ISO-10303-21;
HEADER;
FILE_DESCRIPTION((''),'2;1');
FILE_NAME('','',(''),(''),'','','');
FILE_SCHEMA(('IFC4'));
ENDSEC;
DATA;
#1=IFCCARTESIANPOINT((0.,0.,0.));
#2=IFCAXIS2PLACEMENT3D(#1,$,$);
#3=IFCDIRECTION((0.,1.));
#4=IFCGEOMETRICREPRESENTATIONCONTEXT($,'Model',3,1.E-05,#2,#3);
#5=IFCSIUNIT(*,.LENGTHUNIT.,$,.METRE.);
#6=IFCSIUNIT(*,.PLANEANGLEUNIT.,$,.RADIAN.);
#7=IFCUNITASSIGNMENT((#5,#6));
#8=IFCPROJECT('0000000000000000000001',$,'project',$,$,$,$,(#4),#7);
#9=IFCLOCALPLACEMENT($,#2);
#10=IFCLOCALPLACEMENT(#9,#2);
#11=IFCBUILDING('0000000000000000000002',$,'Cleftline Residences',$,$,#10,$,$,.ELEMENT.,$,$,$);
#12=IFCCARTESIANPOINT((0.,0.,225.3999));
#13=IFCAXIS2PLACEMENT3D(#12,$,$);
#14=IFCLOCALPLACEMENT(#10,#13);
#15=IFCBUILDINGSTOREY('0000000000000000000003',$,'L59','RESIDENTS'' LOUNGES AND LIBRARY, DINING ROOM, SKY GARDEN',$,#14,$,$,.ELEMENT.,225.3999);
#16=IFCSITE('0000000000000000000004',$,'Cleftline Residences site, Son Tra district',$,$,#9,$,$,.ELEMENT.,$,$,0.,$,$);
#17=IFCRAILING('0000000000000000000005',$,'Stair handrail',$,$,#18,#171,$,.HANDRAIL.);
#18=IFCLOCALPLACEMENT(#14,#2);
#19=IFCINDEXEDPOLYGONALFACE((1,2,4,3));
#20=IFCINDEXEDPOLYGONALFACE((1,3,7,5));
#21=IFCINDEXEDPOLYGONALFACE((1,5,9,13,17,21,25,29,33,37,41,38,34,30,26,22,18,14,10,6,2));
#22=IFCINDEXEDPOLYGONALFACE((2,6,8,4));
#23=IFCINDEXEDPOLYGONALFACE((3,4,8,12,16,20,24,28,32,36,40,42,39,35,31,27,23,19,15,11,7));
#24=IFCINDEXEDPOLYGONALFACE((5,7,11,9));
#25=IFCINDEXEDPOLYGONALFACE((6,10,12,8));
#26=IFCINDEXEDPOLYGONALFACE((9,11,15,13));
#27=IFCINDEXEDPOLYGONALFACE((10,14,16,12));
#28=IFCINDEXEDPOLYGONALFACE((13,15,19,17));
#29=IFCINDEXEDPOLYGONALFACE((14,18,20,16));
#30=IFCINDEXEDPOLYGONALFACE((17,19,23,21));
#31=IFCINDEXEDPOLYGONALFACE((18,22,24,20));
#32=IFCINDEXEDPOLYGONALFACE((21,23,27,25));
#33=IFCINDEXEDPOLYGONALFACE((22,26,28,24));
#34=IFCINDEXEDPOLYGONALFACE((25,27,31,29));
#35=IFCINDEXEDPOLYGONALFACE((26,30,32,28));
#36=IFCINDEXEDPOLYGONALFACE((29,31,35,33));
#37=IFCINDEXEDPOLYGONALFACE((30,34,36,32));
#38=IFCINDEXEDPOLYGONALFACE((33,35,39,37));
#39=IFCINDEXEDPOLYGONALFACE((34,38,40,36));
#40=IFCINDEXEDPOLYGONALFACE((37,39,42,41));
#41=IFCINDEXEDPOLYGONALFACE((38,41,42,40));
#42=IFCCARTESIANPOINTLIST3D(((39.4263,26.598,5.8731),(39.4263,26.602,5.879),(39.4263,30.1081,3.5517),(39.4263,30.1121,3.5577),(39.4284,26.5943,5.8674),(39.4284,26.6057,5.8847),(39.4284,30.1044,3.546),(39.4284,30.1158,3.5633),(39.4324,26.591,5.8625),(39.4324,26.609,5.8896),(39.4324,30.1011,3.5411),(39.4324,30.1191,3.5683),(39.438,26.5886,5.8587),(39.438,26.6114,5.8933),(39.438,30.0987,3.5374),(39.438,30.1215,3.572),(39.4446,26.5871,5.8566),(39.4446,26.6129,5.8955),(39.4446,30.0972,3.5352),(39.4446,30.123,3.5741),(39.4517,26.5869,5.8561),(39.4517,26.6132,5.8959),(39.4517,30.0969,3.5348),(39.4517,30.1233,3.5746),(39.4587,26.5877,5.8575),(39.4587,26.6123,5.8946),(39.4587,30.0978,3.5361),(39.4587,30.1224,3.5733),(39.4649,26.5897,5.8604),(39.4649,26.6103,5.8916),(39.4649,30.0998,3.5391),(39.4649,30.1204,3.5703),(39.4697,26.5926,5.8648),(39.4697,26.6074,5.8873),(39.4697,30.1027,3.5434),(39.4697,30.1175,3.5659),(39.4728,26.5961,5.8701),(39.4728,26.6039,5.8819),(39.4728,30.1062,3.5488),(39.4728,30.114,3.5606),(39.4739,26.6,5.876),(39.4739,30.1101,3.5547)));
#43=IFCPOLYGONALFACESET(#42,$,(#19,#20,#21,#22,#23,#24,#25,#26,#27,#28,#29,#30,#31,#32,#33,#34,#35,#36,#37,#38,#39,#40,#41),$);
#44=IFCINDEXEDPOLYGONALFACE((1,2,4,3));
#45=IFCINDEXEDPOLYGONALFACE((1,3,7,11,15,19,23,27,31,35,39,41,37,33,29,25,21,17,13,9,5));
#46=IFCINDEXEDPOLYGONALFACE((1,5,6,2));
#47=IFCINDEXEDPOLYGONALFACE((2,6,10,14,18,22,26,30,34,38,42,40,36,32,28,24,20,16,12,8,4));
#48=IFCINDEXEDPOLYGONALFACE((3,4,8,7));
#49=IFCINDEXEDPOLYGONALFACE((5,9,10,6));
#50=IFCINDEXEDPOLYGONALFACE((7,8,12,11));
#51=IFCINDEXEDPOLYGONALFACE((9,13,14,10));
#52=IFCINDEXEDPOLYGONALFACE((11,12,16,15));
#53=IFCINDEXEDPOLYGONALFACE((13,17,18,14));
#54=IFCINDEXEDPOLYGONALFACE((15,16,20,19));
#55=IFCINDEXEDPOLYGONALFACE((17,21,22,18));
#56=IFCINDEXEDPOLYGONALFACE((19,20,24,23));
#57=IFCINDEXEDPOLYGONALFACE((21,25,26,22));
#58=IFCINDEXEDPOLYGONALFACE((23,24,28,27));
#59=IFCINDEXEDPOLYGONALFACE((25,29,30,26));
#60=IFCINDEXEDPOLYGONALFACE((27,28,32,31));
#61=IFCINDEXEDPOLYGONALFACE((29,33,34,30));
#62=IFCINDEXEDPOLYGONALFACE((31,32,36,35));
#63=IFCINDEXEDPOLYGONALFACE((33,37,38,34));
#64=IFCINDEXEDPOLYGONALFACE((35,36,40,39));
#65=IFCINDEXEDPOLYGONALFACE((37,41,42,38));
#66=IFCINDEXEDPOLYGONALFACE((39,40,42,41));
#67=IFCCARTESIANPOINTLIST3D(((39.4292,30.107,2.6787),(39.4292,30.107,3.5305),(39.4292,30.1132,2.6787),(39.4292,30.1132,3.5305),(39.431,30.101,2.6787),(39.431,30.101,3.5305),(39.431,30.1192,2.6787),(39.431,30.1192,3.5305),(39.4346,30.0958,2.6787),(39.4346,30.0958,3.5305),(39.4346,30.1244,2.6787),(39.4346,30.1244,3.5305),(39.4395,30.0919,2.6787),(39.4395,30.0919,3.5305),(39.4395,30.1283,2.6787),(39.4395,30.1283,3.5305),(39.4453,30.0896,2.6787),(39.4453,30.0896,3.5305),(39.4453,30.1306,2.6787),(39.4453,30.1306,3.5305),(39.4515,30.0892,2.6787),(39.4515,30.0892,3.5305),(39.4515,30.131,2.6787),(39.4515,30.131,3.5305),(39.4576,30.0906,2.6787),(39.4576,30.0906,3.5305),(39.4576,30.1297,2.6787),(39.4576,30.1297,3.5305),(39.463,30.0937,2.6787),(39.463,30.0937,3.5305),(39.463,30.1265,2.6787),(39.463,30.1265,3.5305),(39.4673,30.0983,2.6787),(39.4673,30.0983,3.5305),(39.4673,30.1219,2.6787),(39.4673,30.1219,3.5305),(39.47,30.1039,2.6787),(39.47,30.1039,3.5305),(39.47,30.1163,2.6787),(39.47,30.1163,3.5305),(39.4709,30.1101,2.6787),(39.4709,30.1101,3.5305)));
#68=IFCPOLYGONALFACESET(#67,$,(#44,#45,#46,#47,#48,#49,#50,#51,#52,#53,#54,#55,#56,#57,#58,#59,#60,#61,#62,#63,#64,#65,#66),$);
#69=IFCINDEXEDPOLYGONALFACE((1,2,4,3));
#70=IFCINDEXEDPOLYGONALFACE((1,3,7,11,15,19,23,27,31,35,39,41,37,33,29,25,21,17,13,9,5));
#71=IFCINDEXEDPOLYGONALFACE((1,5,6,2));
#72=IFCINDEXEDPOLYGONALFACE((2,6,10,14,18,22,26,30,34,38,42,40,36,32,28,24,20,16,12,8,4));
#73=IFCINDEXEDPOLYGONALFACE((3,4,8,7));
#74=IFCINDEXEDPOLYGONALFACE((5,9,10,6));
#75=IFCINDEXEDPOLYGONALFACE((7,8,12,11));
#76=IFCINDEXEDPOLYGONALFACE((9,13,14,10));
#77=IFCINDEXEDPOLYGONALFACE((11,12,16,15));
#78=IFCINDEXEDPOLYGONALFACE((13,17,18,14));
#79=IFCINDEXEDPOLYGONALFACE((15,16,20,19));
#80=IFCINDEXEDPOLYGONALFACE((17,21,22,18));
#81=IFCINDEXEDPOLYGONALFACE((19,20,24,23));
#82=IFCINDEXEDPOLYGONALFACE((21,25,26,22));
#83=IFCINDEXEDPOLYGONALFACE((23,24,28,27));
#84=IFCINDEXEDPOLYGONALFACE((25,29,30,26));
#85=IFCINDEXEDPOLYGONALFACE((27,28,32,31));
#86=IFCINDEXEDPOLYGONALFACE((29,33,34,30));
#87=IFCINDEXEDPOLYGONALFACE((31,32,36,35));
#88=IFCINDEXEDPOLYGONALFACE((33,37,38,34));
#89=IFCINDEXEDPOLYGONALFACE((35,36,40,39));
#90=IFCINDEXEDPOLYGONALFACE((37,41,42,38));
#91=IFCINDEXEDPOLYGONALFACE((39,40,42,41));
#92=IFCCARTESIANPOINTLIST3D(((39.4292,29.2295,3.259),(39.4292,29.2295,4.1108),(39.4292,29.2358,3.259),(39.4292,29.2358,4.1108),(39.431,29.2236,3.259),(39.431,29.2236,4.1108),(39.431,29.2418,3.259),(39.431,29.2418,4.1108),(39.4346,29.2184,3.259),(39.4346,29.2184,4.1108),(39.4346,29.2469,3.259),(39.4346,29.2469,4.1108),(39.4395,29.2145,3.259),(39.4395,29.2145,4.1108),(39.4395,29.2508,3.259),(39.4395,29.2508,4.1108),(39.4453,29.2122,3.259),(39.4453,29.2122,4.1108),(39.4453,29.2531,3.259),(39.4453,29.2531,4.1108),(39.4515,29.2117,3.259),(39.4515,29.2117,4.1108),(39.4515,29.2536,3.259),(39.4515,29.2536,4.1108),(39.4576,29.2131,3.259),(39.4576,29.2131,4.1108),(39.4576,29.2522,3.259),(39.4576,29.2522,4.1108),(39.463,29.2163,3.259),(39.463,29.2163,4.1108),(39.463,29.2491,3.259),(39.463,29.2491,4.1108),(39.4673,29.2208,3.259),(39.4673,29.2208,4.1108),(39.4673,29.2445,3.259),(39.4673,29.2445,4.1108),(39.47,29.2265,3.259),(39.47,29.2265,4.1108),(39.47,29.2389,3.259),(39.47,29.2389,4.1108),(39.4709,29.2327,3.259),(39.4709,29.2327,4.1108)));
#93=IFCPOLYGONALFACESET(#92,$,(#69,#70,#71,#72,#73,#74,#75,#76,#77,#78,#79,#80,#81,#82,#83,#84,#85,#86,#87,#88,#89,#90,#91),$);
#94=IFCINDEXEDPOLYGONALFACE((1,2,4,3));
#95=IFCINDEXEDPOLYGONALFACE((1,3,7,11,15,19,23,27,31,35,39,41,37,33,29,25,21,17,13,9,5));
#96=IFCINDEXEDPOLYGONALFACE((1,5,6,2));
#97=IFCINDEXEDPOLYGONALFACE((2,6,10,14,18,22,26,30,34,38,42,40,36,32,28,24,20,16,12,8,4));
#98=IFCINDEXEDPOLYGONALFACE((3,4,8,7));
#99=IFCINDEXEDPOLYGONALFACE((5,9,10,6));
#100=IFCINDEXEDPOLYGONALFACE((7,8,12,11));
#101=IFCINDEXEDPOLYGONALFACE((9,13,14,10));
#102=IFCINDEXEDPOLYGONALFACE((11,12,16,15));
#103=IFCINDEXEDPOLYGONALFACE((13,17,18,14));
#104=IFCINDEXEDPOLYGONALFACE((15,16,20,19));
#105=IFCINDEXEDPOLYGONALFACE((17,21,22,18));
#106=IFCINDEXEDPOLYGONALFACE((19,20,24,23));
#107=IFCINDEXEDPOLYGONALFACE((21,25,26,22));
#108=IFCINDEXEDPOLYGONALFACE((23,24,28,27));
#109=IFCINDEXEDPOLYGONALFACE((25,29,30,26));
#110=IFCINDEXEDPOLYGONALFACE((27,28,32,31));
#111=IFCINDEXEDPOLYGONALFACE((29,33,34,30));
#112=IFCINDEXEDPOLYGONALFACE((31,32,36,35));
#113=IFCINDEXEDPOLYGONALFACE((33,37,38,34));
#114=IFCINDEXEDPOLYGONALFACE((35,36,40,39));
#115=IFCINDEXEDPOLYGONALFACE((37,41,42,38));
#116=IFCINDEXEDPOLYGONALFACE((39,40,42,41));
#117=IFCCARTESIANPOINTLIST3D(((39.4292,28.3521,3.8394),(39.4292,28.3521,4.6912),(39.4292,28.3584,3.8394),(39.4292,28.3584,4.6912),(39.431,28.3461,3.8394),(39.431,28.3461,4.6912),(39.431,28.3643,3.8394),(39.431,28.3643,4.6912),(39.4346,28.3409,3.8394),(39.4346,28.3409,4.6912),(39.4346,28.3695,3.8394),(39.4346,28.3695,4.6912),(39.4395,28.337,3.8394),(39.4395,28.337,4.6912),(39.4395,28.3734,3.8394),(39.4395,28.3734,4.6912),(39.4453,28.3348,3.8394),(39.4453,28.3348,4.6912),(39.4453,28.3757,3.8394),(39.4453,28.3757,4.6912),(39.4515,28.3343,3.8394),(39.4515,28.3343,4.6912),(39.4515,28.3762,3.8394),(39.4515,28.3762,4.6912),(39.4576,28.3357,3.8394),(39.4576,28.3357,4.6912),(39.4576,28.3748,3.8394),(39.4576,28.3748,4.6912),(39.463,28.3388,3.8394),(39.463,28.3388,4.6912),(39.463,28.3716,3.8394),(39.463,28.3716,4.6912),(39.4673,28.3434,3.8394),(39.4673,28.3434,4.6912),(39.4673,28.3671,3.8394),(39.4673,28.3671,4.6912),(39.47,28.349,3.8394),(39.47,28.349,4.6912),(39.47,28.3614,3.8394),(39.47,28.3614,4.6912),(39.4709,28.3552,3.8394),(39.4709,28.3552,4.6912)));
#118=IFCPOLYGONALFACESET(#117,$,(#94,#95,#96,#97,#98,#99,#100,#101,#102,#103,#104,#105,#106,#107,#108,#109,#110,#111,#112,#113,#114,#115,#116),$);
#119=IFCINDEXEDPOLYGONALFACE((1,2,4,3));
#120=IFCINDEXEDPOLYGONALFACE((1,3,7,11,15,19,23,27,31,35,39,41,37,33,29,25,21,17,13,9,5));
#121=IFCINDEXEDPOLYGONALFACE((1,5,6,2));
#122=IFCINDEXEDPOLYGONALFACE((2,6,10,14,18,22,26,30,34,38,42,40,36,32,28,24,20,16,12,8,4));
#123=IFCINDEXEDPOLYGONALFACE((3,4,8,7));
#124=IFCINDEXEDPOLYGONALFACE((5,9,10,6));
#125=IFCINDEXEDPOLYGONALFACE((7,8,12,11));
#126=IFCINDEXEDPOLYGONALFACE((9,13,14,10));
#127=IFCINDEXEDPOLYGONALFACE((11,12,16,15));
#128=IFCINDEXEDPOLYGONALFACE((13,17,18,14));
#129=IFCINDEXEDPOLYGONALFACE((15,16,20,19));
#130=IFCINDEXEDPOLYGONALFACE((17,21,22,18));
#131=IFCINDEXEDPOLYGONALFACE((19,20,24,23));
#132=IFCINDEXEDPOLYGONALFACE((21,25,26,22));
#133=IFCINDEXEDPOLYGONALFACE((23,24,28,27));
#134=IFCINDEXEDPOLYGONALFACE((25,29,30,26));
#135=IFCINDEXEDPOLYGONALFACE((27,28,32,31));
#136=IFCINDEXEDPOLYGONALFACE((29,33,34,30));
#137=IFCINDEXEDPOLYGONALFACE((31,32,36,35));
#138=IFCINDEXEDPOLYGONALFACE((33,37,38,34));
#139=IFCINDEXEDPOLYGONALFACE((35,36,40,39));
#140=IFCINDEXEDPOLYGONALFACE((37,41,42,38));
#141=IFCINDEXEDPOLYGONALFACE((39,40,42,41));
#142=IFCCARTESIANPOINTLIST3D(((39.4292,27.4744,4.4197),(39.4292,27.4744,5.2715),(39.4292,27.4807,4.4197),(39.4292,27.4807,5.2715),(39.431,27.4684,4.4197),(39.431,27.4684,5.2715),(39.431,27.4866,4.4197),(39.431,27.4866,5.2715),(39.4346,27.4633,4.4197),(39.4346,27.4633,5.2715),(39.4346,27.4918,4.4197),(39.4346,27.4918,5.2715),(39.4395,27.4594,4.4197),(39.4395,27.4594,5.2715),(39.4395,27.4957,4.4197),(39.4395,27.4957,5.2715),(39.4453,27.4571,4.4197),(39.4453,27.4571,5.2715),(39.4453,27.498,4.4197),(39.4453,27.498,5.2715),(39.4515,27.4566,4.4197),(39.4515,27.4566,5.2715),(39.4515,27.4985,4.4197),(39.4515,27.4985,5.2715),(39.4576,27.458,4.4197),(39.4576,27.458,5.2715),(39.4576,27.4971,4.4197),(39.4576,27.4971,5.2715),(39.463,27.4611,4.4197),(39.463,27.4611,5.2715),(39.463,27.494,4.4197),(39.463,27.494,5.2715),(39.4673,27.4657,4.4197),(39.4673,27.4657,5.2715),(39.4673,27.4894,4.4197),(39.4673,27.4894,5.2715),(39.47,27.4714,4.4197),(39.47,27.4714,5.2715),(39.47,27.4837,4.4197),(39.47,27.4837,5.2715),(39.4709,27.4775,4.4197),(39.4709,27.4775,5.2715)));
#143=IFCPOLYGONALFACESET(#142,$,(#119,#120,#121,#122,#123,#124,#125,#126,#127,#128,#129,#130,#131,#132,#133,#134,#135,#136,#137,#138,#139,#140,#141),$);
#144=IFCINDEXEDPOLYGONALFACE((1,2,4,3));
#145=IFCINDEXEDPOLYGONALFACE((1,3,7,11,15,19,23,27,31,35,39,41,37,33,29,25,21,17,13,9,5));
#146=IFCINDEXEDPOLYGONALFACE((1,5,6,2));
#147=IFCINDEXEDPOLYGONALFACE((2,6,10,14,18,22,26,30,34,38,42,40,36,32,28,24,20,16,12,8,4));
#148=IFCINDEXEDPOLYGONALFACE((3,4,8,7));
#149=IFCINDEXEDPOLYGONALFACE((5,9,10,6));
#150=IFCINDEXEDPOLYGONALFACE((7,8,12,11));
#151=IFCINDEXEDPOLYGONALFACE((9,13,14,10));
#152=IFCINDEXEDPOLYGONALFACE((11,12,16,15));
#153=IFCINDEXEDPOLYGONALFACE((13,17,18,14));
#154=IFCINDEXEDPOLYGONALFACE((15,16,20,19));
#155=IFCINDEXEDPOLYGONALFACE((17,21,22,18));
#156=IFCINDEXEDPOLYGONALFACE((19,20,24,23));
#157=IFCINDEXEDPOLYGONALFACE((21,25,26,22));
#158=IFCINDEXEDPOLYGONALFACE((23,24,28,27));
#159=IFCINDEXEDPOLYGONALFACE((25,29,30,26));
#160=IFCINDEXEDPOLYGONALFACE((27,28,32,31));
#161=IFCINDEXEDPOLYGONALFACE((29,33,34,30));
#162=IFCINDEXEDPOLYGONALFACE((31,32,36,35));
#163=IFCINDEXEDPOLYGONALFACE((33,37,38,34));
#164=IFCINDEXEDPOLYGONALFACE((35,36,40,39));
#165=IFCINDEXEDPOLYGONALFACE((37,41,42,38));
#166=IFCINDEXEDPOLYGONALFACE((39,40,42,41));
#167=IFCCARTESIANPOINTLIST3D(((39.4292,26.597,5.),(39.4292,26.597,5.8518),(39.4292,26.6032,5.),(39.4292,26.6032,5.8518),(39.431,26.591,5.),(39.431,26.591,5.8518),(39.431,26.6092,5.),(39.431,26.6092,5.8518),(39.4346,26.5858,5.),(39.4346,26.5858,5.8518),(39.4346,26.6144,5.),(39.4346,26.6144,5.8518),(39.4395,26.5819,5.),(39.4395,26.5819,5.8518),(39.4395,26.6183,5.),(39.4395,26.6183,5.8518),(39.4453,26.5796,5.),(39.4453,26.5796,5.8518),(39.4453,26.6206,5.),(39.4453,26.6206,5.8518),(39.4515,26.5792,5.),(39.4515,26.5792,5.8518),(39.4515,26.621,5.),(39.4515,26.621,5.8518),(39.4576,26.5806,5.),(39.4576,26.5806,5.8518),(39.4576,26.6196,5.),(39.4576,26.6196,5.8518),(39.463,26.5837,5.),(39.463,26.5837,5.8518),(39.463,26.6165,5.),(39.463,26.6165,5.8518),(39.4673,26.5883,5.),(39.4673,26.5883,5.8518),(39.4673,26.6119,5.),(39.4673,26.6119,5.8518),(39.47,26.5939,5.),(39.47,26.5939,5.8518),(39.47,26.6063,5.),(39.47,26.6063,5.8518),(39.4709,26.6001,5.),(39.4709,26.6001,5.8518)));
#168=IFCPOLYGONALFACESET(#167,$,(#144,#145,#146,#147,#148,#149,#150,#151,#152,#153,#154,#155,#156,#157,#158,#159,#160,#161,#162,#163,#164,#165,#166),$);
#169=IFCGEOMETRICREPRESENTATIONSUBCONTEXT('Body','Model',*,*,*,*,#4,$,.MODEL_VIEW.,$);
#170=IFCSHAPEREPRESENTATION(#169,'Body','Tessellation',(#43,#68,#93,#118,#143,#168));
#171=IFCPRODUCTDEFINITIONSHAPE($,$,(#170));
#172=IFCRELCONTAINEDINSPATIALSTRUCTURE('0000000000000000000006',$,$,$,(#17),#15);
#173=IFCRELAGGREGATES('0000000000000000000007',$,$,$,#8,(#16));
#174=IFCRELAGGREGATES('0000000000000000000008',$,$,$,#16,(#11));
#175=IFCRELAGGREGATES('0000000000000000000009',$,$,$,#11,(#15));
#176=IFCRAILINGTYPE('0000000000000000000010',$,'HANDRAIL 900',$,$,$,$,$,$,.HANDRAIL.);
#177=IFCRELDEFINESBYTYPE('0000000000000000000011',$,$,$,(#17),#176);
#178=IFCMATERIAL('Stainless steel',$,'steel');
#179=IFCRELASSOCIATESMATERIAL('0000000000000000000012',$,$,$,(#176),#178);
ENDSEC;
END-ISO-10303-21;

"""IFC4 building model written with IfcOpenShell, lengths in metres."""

from ifc_helpers import new_model, si_unit, direction, frame, origin, origin_2d, place, context, subcontext, project, spatial, circle, extrude, material, type_object, element, save


model = new_model("IFC4")

# Units and contexts
model_context = context("Model", 3, precision=1e-05, world=origin(), true_north=direction((0.0, 1.0)))
body_context = subcontext(model_context, "Body", "Model", "MODEL_VIEW")
ifc_project = project(units=[si_unit("LENGTHUNIT", "METRE"), si_unit("PLANEANGLEUNIT", "RADIAN")], contexts=[model_context])

# Site, building, storey
site_placement = place(None, origin())
site = spatial("IfcSite", under=ifc_project, at=site_placement, Name="Cleftline Residences site, Son Tra district", CompositionType="ELEMENT", RefElevation=0.0)
building_placement = place(site_placement, origin())
building = spatial("IfcBuilding", under=site, at=building_placement, Name="Cleftline Residences", CompositionType="ELEMENT")
storey_placement = place(building_placement, frame((0.0, 0.0, 225.3999)))
storey = spatial("IfcBuildingStorey", under=building, at=storey_placement, Name="L59", Description="RESIDENTS' LOUNGES AND LIBRARY, DINING ROOM, SKY GARDEN", CompositionType="ELEMENT", Elevation=225.3999)

# Railing
ifc_material_1 = material(Name="Stainless steel", Category="steel")
railing_type = type_object("IfcRailingType", Name="HANDRAIL 900", PredefinedType="HANDRAIL", material=ifc_material_1)
railing_1_placement = place(storey_placement, frame((39.45, 30.1101, 2.6787)))
element("IfcRailing", 1, at=railing_1_placement, inside=storey, type_object=railing_type, Name="Stair handrail", PredefinedType="HANDRAIL", context=body_context, shape_type="SweptSolid", body=[
    extrude(circle(Radius=0.0239, at=origin_2d()), frame((0.0, 0.0, 0.876), z_axis=(0.0, -0.834097, 0.551617), x_axis=(1.0, 0.0, 0.0)), (0.0, 0.0, 1.0), 4.2083),
    extrude(circle(Radius=0.021, at=origin_2d()), origin(), (0.0, 0.0, 1.0), 0.8518),
    extrude(circle(Radius=0.021, at=origin_2d()), frame((0.0, -0.8774, 0.5803)), (0.0, 0.0, 1.0), 0.8518),
    extrude(circle(Radius=0.021, at=origin_2d()), frame((0.0, -1.7549, 1.1606)), (0.0, 0.0, 1.0), 0.8518),
    extrude(circle(Radius=0.021, at=origin_2d()), frame((0.0, -2.6326, 1.741)), (0.0, 0.0, 1.0), 0.8518),
    extrude(circle(Radius=0.021, at=origin_2d()), frame((0.0, -3.51, 2.3213)), (0.0, 0.0, 1.0), 0.8518),
])

save(model, "model.ifc")
